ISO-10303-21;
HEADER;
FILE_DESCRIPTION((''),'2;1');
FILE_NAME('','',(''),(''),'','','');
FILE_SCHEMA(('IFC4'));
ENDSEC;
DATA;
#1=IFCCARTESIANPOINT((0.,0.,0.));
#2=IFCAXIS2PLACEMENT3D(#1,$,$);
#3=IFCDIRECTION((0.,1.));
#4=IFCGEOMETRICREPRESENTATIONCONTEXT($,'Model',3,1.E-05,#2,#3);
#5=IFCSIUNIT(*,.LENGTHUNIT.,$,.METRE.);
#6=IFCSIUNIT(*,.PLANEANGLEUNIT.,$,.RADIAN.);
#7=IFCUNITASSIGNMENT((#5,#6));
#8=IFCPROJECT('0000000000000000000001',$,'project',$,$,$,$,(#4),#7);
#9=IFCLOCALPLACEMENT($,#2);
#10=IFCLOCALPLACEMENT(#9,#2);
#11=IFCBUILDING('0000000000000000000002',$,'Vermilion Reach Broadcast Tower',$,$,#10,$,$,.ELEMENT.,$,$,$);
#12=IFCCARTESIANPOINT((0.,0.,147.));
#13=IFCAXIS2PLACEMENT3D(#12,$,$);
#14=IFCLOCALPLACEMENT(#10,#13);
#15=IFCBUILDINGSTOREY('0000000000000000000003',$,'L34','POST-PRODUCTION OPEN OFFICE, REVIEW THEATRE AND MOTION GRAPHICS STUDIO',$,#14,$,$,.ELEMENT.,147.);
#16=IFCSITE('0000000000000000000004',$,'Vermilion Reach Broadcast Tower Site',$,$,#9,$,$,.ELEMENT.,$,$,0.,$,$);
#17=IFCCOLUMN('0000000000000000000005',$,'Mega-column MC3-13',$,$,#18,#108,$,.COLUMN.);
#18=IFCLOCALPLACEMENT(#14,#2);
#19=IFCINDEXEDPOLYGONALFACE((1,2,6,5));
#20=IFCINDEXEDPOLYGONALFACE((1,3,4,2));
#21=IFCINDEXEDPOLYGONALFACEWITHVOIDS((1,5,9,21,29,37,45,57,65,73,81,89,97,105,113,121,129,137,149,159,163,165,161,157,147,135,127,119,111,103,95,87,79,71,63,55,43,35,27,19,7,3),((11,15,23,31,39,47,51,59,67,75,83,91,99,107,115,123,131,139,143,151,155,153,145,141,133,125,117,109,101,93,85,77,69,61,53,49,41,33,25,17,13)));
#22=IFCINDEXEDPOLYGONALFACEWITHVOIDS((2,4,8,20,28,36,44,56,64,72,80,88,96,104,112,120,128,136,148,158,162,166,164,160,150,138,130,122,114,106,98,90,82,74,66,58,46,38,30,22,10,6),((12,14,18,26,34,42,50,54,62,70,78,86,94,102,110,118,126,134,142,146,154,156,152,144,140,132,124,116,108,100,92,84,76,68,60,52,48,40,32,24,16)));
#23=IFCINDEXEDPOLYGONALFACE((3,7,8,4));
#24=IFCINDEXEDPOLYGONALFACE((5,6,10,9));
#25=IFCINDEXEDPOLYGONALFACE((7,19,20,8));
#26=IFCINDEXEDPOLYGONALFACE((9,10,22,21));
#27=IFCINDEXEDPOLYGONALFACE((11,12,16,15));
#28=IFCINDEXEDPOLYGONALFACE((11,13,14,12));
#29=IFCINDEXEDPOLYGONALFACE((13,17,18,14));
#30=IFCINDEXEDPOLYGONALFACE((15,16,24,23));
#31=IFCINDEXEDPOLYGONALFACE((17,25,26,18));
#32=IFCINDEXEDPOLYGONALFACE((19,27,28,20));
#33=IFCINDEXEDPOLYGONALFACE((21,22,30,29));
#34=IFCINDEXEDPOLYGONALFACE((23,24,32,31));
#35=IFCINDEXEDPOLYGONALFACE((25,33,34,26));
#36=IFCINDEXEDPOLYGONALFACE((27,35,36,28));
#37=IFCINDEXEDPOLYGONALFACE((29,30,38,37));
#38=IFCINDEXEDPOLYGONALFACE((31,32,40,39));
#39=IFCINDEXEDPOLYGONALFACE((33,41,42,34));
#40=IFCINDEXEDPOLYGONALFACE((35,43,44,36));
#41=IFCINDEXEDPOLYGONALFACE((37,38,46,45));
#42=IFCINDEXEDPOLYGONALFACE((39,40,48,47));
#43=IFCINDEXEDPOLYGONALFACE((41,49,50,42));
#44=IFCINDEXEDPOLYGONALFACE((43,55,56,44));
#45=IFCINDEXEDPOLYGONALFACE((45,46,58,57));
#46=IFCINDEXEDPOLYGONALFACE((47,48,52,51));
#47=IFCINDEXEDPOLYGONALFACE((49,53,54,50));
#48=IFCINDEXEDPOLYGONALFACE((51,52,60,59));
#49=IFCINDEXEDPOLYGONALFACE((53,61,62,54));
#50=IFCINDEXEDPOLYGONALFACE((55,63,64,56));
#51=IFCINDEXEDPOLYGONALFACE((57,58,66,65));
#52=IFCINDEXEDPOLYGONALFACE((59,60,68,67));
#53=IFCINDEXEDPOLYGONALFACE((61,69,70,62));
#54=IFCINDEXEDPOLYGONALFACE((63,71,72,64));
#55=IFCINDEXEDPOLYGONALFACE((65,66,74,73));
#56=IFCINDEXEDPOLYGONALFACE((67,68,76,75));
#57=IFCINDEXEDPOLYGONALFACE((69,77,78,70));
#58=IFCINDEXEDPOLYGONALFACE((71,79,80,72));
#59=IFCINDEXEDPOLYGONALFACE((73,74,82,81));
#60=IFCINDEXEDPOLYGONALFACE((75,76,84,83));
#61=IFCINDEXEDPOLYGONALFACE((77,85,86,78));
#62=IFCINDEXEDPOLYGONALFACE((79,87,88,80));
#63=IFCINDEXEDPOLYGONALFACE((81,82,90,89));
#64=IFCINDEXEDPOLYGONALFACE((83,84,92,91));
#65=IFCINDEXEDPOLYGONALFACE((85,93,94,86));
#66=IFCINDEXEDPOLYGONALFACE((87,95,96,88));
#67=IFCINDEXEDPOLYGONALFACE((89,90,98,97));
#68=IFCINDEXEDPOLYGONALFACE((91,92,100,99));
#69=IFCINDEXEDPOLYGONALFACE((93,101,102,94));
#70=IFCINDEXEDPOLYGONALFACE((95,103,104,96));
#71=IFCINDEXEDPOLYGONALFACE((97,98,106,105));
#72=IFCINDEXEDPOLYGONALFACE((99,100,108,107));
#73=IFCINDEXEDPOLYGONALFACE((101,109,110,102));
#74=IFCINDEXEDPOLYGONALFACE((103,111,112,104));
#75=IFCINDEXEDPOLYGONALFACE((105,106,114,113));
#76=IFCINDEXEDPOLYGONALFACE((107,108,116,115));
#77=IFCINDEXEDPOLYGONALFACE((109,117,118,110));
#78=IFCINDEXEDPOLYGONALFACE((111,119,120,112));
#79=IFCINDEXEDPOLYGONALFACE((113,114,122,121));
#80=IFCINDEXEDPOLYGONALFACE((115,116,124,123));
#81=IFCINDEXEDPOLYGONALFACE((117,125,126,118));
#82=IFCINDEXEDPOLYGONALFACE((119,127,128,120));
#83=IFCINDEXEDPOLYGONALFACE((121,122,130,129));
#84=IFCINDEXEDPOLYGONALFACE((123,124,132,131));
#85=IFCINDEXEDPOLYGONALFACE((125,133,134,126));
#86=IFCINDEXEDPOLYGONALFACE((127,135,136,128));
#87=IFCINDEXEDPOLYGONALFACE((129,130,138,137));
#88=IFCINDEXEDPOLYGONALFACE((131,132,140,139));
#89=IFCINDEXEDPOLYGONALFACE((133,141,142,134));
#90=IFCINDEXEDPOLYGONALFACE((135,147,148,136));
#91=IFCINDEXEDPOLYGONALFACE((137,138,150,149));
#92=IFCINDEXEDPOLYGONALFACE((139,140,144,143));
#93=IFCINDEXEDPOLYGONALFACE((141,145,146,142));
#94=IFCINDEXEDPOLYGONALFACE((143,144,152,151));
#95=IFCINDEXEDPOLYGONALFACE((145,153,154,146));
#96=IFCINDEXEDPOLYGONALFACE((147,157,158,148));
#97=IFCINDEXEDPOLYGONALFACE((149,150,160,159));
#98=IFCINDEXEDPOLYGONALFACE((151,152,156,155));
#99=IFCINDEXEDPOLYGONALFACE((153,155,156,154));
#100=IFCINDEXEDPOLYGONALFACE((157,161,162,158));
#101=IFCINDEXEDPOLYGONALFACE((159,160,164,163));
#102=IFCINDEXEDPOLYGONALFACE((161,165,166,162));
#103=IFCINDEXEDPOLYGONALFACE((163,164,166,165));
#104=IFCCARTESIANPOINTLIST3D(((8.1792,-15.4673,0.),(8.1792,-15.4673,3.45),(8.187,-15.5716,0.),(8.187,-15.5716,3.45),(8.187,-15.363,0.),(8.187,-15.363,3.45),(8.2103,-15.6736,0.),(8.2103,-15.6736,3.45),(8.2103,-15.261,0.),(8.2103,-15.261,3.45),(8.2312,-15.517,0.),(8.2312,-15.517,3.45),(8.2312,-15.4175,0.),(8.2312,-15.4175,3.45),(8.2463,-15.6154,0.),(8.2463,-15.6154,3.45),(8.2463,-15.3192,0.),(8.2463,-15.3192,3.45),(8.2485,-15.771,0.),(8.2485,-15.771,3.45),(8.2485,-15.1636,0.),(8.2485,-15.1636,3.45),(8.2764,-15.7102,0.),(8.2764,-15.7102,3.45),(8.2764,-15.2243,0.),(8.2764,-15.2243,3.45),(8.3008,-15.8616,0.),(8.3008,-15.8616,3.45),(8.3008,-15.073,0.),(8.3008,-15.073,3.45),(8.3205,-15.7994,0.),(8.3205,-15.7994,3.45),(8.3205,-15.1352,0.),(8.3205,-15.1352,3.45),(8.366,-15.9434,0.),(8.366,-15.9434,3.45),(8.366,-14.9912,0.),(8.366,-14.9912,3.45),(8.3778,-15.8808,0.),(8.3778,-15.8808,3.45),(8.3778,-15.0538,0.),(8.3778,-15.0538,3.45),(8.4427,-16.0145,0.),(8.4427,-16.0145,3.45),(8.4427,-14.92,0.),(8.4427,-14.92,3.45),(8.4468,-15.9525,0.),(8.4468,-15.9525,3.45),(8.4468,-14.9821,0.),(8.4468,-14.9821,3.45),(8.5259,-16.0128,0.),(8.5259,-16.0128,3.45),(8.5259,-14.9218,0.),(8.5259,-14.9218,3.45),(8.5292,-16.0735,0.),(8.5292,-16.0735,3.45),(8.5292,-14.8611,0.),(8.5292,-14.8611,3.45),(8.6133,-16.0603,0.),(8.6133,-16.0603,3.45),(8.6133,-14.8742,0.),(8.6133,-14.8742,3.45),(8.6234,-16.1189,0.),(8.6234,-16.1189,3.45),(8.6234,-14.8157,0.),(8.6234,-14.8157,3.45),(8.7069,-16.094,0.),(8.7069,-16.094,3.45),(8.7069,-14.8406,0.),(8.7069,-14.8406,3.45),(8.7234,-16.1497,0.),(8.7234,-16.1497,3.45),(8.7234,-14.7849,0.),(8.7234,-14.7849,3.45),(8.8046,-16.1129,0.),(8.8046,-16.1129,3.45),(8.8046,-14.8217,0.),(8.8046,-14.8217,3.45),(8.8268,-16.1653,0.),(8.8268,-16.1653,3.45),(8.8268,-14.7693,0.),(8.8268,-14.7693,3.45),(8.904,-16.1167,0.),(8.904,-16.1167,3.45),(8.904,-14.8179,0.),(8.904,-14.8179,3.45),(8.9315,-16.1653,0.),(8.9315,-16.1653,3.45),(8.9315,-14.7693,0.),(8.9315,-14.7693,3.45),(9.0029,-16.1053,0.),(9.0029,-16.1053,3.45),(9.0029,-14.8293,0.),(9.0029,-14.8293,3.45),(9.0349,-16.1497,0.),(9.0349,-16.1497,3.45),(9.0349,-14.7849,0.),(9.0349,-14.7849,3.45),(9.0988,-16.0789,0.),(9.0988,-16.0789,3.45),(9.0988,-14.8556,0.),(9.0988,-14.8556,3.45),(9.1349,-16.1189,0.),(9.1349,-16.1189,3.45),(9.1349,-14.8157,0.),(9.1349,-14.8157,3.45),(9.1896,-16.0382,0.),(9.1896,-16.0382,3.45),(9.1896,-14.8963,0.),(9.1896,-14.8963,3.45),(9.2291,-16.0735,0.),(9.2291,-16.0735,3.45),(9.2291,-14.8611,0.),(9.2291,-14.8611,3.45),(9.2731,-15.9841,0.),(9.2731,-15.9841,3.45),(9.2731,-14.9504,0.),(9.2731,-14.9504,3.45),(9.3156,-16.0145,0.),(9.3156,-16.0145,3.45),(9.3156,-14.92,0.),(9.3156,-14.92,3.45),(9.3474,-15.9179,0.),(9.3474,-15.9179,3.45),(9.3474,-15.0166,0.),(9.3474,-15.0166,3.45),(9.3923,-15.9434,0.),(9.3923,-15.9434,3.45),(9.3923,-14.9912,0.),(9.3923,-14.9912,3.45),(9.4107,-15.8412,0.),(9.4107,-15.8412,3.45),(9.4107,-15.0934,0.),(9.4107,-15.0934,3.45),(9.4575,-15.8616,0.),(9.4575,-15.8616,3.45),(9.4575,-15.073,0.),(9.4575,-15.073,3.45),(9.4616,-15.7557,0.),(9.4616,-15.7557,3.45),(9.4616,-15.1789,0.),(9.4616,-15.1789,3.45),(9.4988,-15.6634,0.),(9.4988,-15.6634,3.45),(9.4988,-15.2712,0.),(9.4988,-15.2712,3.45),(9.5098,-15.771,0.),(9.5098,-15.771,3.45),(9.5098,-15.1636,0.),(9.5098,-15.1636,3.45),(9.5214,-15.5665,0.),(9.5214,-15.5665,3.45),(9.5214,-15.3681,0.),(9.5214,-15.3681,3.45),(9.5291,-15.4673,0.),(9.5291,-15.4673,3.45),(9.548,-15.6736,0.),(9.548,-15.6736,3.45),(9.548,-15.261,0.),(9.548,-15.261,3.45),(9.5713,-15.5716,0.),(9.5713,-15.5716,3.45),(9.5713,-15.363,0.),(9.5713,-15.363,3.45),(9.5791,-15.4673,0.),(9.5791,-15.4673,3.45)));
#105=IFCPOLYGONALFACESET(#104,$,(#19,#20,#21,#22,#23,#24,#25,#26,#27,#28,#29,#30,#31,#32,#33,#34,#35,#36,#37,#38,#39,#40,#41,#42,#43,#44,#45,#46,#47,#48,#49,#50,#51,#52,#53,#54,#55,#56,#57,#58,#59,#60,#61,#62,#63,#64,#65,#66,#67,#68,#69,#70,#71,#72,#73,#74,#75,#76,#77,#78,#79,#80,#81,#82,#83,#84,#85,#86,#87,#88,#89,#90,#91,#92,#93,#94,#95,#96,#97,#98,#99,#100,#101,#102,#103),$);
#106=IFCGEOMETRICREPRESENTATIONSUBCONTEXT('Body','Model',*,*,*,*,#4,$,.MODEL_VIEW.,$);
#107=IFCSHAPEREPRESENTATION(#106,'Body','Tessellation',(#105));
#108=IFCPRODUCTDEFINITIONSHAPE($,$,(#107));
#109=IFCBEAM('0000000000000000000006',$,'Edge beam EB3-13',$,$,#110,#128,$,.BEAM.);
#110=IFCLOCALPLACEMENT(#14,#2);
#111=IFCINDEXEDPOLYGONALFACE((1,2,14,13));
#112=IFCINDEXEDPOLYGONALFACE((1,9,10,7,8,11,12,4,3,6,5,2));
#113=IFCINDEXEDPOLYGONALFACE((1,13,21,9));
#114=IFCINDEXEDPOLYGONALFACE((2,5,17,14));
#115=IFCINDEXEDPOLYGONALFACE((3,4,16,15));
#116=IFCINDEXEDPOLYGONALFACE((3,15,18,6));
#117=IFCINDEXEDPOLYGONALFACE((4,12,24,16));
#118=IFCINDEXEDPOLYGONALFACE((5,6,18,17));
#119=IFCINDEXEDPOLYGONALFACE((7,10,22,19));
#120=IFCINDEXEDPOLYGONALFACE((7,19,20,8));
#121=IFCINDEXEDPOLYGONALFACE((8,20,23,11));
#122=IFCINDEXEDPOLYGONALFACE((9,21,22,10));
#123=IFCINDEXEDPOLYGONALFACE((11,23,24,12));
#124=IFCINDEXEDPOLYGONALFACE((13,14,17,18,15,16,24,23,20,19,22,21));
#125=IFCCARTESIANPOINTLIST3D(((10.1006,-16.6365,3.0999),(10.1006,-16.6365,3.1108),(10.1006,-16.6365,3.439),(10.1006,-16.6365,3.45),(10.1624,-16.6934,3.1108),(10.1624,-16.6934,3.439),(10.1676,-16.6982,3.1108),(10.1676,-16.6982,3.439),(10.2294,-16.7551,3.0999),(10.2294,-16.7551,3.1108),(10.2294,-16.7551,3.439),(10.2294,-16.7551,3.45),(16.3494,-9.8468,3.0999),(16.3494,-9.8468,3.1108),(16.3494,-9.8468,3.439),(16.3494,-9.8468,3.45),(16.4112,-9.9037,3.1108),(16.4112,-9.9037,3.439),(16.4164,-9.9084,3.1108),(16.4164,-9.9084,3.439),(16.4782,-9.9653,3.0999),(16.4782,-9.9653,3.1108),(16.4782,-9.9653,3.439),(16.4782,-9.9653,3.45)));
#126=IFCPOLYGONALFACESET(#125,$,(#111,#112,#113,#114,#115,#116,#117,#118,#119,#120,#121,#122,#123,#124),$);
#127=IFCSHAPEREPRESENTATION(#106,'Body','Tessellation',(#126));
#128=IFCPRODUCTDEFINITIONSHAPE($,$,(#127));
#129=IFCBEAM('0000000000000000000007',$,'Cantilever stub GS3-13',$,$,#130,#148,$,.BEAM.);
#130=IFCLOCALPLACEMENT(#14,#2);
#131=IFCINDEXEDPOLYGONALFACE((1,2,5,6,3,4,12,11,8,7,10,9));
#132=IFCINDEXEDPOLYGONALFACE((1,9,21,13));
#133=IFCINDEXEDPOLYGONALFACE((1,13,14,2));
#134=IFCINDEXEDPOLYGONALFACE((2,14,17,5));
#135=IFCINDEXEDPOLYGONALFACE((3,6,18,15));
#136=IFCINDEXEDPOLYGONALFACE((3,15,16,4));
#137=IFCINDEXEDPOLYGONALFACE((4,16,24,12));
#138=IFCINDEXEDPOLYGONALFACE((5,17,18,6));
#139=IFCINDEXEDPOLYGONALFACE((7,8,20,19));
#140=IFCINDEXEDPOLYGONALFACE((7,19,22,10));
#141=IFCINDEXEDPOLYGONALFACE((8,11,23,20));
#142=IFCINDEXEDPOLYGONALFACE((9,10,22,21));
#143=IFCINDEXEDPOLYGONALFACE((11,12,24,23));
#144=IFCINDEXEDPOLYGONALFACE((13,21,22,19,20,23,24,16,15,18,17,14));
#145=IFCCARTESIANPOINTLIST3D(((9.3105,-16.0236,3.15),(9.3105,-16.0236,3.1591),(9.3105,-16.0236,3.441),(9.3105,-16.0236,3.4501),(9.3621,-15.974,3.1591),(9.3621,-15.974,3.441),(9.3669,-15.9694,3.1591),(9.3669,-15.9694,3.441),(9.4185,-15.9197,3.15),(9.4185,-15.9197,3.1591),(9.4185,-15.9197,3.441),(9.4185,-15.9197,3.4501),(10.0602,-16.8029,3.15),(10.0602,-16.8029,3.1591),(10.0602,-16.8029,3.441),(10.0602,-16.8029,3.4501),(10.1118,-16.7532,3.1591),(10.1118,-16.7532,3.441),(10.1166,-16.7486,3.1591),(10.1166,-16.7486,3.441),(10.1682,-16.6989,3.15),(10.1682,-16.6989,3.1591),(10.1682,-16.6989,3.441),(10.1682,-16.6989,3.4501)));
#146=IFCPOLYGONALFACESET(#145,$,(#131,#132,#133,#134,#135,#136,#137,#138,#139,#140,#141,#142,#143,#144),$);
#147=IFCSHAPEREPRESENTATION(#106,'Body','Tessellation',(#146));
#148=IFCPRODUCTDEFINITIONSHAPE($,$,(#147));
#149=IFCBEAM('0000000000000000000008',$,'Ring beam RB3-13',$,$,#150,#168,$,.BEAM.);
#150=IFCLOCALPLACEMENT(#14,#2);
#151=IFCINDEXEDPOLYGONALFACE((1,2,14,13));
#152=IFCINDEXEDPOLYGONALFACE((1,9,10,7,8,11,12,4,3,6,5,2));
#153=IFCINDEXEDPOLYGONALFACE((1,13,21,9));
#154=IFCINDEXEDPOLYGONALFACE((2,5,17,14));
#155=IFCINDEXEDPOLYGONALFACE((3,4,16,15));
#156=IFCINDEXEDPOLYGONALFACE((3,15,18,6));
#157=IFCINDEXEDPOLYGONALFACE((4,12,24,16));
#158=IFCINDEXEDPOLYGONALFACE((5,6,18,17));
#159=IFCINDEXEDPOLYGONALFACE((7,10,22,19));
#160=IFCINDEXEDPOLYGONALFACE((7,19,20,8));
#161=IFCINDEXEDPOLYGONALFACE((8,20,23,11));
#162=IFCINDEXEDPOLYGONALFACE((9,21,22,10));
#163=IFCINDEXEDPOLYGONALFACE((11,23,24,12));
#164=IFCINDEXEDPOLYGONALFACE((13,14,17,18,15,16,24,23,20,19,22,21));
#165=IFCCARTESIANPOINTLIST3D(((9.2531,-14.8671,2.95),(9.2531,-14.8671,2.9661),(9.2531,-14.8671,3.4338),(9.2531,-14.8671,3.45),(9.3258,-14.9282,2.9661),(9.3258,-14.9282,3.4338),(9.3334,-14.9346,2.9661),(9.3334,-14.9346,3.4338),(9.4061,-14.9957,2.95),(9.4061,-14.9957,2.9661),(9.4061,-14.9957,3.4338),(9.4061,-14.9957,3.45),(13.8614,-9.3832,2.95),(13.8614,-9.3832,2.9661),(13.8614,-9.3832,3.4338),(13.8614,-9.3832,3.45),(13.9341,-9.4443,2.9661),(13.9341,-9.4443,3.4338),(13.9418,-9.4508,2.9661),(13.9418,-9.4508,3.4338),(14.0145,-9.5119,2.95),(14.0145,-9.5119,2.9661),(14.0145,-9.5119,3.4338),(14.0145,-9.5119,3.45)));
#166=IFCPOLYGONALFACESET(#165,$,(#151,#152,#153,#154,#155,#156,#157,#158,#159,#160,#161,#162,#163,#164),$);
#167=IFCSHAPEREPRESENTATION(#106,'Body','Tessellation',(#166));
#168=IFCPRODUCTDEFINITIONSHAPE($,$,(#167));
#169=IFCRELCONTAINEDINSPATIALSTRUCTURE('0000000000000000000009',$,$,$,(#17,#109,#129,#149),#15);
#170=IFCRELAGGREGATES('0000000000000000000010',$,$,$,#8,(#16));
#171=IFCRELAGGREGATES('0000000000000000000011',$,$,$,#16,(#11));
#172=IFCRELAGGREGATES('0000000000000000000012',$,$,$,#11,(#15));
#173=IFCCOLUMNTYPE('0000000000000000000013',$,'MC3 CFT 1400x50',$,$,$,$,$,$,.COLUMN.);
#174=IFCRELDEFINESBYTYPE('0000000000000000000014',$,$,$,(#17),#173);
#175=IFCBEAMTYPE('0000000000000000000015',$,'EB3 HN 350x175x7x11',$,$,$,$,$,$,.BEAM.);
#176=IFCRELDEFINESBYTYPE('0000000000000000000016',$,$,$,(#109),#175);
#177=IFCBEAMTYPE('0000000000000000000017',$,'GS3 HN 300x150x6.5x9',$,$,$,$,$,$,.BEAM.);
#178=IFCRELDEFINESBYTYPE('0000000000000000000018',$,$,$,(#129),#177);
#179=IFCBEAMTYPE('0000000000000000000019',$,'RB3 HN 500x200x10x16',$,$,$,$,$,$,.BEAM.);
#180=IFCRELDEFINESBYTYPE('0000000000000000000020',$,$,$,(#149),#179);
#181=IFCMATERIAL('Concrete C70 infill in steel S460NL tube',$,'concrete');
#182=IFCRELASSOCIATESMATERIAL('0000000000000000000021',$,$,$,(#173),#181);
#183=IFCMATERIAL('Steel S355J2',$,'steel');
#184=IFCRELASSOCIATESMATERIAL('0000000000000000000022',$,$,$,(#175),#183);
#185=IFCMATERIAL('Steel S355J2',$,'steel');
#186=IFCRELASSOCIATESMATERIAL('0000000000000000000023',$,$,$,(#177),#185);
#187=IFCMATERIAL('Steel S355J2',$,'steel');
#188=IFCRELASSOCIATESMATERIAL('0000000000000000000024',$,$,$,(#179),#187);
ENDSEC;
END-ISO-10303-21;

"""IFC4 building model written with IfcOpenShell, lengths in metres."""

from ifc_helpers import new_model, si_unit, direction, frame, origin, origin_2d, place, context, subcontext, project, spatial, hollow_circle, i_section, extrude, material, material_profile, profile_set, type_object, element, save


model = new_model("IFC4")

# Units and contexts
model_context = context("Model", 3, precision=1e-05, world=origin(), true_north=direction((0.0, 1.0)))
body_context = subcontext(model_context, "Body", "Model", "MODEL_VIEW")
ifc_project = project(units=[si_unit("LENGTHUNIT", "METRE"), si_unit("PLANEANGLEUNIT", "RADIAN")], contexts=[model_context])

# Site, building, storey
site_placement = place(None, origin())
site = spatial("IfcSite", under=ifc_project, at=site_placement, Name="Vermilion Reach Broadcast Tower Site", CompositionType="ELEMENT", RefElevation=0.0)
building_placement = place(site_placement, origin())
building = spatial("IfcBuilding", under=site, at=building_placement, Name="Vermilion Reach Broadcast Tower", CompositionType="ELEMENT")
storey_placement = place(building_placement, frame((0.0, 0.0, 147.0)))
storey = spatial("IfcBuildingStorey", under=building, at=storey_placement, Name="L34", Description="POST-PRODUCTION OPEN OFFICE, REVIEW THEATRE AND MOTION GRAPHICS STUDIO", CompositionType="ELEMENT", Elevation=147.0)

# Column
ifc_material_1 = material(Name="Concrete C70 infill in steel S460NL tube", Category="concrete")
ifc_material_profile_1 = material_profile(ifc_material_1, hollow_circle(Radius=0.7, WallThickness=0.05, at=origin_2d()), Name="Concrete C70 infill in steel S460NL tube CFT 1400x50")
ifc_profile_set_1 = profile_set([ifc_material_profile_1], Name="Concrete C70 infill in steel S460NL tube")
column_type = type_object("IfcColumnType", Name="MC3 CFT 1400x50", PredefinedType="COLUMN", material=ifc_profile_set_1)
column_placement = place(storey_placement, frame((8.8792, -15.4673, 0.0), z_axis=(0.0, 0.0, 1.0), x_axis=(1.0, 0.0, 0.0)))
element("IfcColumn", 1, at=column_placement, inside=storey, type_object=column_type, Name="Mega-column MC3-13", PredefinedType="COLUMN", context=body_context, shape_type="SweptSolid", body=[
    extrude(hollow_circle(Radius=0.7, WallThickness=0.05, at=origin_2d()), origin(), (0.0, 0.0, 1.0), 3.45),
])

# Beams
ifc_material_2 = material(Name="Steel S355J2", Category="steel")
ifc_material_profile_2 = material_profile(ifc_material_2, i_section(OverallWidth=0.175, OverallDepth=0.3501, WebThickness=0.0071, FlangeThickness=0.011, at=origin_2d()), Name="S355J2 HN 350x175x7x11")
ifc_profile_set_2 = profile_set([ifc_material_profile_2], Name="Steel S355J2")
beam_type_1 = type_object("IfcBeamType", Name="EB3 HN 350x175x7x11", PredefinedType="BEAM", material=ifc_profile_set_2)
beam_1_placement = place(storey_placement, frame((10.165, -16.6958, 3.2749), z_axis=(0.677184, 0.735814, 0.0), x_axis=(-0.735814, 0.677184, 0.0)))
element("IfcBeam", 2, at=beam_1_placement, inside=storey, type_object=beam_type_1, Name="Edge beam EB3-13", PredefinedType="BEAM", context=body_context, shape_type="SweptSolid", body=[
    extrude(i_section(OverallWidth=0.175, OverallDepth=0.3501, WebThickness=0.0071, FlangeThickness=0.011, at=origin_2d()), origin(), (0.0, 0.0, 1.0), 9.2275),
])
ifc_material_3 = material(Name="Steel S355J2", Category="steel")
ifc_material_profile_3 = material_profile(ifc_material_3, i_section(OverallWidth=0.1499, OverallDepth=0.3, WebThickness=0.0066, FlangeThickness=0.009, at=origin_2d()), Name="S355J2 HN 300x150x6.5x9")
ifc_profile_set_3 = profile_set([ifc_material_profile_3], Name="Steel S355J2")
beam_type_2 = type_object("IfcBeamType", Name="GS3 HN 300x150x6.5x9", PredefinedType="BEAM", material=ifc_profile_set_3)
beam_2_placement = place(storey_placement, frame((9.3645, -15.9717, 3.3), z_axis=(0.693316, -0.720633, 0.0), x_axis=(0.720633, 0.693316, 0.0)))
element("IfcBeam", 3, at=beam_2_placement, inside=storey, type_object=beam_type_2, Name="Cantilever stub GS3-13", PredefinedType="BEAM", context=body_context, shape_type="SweptSolid", body=[
    extrude(i_section(OverallWidth=0.1499, OverallDepth=0.3, WebThickness=0.0066, FlangeThickness=0.009, at=origin_2d()), origin(), (0.0, 0.0, 1.0), 1.0813),
])
ifc_material_4 = material(Name="Steel S355J2", Category="steel")
ifc_material_profile_4 = material_profile(ifc_material_4, i_section(OverallWidth=0.2, OverallDepth=0.5, WebThickness=0.01, FlangeThickness=0.0161, at=origin_2d()), Name="S355J2 HN 500x200x10x16")
ifc_profile_set_4 = profile_set([ifc_material_profile_4], Name="Steel S355J2")
beam_type_3 = type_object("IfcBeamType", Name="RB3 HN 500x200x10x16", PredefinedType="BEAM", material=ifc_profile_set_4)
beam_3_placement = place(storey_placement, frame((9.3296, -14.9314, 3.2), z_axis=(0.64335, 0.765572, 0.0), x_axis=(-0.765572, 0.64335, 0.0)))
element("IfcBeam", 4, at=beam_3_placement, inside=storey, type_object=beam_type_3, Name="Ring beam RB3-13", PredefinedType="BEAM", context=body_context, shape_type="SweptSolid", body=[
    extrude(i_section(OverallWidth=0.2, OverallDepth=0.5, WebThickness=0.01, FlangeThickness=0.0161, at=origin_2d()), origin(), (0.0, 0.0, 1.0), 7.1631),
])

save(model, "model.ifc")
